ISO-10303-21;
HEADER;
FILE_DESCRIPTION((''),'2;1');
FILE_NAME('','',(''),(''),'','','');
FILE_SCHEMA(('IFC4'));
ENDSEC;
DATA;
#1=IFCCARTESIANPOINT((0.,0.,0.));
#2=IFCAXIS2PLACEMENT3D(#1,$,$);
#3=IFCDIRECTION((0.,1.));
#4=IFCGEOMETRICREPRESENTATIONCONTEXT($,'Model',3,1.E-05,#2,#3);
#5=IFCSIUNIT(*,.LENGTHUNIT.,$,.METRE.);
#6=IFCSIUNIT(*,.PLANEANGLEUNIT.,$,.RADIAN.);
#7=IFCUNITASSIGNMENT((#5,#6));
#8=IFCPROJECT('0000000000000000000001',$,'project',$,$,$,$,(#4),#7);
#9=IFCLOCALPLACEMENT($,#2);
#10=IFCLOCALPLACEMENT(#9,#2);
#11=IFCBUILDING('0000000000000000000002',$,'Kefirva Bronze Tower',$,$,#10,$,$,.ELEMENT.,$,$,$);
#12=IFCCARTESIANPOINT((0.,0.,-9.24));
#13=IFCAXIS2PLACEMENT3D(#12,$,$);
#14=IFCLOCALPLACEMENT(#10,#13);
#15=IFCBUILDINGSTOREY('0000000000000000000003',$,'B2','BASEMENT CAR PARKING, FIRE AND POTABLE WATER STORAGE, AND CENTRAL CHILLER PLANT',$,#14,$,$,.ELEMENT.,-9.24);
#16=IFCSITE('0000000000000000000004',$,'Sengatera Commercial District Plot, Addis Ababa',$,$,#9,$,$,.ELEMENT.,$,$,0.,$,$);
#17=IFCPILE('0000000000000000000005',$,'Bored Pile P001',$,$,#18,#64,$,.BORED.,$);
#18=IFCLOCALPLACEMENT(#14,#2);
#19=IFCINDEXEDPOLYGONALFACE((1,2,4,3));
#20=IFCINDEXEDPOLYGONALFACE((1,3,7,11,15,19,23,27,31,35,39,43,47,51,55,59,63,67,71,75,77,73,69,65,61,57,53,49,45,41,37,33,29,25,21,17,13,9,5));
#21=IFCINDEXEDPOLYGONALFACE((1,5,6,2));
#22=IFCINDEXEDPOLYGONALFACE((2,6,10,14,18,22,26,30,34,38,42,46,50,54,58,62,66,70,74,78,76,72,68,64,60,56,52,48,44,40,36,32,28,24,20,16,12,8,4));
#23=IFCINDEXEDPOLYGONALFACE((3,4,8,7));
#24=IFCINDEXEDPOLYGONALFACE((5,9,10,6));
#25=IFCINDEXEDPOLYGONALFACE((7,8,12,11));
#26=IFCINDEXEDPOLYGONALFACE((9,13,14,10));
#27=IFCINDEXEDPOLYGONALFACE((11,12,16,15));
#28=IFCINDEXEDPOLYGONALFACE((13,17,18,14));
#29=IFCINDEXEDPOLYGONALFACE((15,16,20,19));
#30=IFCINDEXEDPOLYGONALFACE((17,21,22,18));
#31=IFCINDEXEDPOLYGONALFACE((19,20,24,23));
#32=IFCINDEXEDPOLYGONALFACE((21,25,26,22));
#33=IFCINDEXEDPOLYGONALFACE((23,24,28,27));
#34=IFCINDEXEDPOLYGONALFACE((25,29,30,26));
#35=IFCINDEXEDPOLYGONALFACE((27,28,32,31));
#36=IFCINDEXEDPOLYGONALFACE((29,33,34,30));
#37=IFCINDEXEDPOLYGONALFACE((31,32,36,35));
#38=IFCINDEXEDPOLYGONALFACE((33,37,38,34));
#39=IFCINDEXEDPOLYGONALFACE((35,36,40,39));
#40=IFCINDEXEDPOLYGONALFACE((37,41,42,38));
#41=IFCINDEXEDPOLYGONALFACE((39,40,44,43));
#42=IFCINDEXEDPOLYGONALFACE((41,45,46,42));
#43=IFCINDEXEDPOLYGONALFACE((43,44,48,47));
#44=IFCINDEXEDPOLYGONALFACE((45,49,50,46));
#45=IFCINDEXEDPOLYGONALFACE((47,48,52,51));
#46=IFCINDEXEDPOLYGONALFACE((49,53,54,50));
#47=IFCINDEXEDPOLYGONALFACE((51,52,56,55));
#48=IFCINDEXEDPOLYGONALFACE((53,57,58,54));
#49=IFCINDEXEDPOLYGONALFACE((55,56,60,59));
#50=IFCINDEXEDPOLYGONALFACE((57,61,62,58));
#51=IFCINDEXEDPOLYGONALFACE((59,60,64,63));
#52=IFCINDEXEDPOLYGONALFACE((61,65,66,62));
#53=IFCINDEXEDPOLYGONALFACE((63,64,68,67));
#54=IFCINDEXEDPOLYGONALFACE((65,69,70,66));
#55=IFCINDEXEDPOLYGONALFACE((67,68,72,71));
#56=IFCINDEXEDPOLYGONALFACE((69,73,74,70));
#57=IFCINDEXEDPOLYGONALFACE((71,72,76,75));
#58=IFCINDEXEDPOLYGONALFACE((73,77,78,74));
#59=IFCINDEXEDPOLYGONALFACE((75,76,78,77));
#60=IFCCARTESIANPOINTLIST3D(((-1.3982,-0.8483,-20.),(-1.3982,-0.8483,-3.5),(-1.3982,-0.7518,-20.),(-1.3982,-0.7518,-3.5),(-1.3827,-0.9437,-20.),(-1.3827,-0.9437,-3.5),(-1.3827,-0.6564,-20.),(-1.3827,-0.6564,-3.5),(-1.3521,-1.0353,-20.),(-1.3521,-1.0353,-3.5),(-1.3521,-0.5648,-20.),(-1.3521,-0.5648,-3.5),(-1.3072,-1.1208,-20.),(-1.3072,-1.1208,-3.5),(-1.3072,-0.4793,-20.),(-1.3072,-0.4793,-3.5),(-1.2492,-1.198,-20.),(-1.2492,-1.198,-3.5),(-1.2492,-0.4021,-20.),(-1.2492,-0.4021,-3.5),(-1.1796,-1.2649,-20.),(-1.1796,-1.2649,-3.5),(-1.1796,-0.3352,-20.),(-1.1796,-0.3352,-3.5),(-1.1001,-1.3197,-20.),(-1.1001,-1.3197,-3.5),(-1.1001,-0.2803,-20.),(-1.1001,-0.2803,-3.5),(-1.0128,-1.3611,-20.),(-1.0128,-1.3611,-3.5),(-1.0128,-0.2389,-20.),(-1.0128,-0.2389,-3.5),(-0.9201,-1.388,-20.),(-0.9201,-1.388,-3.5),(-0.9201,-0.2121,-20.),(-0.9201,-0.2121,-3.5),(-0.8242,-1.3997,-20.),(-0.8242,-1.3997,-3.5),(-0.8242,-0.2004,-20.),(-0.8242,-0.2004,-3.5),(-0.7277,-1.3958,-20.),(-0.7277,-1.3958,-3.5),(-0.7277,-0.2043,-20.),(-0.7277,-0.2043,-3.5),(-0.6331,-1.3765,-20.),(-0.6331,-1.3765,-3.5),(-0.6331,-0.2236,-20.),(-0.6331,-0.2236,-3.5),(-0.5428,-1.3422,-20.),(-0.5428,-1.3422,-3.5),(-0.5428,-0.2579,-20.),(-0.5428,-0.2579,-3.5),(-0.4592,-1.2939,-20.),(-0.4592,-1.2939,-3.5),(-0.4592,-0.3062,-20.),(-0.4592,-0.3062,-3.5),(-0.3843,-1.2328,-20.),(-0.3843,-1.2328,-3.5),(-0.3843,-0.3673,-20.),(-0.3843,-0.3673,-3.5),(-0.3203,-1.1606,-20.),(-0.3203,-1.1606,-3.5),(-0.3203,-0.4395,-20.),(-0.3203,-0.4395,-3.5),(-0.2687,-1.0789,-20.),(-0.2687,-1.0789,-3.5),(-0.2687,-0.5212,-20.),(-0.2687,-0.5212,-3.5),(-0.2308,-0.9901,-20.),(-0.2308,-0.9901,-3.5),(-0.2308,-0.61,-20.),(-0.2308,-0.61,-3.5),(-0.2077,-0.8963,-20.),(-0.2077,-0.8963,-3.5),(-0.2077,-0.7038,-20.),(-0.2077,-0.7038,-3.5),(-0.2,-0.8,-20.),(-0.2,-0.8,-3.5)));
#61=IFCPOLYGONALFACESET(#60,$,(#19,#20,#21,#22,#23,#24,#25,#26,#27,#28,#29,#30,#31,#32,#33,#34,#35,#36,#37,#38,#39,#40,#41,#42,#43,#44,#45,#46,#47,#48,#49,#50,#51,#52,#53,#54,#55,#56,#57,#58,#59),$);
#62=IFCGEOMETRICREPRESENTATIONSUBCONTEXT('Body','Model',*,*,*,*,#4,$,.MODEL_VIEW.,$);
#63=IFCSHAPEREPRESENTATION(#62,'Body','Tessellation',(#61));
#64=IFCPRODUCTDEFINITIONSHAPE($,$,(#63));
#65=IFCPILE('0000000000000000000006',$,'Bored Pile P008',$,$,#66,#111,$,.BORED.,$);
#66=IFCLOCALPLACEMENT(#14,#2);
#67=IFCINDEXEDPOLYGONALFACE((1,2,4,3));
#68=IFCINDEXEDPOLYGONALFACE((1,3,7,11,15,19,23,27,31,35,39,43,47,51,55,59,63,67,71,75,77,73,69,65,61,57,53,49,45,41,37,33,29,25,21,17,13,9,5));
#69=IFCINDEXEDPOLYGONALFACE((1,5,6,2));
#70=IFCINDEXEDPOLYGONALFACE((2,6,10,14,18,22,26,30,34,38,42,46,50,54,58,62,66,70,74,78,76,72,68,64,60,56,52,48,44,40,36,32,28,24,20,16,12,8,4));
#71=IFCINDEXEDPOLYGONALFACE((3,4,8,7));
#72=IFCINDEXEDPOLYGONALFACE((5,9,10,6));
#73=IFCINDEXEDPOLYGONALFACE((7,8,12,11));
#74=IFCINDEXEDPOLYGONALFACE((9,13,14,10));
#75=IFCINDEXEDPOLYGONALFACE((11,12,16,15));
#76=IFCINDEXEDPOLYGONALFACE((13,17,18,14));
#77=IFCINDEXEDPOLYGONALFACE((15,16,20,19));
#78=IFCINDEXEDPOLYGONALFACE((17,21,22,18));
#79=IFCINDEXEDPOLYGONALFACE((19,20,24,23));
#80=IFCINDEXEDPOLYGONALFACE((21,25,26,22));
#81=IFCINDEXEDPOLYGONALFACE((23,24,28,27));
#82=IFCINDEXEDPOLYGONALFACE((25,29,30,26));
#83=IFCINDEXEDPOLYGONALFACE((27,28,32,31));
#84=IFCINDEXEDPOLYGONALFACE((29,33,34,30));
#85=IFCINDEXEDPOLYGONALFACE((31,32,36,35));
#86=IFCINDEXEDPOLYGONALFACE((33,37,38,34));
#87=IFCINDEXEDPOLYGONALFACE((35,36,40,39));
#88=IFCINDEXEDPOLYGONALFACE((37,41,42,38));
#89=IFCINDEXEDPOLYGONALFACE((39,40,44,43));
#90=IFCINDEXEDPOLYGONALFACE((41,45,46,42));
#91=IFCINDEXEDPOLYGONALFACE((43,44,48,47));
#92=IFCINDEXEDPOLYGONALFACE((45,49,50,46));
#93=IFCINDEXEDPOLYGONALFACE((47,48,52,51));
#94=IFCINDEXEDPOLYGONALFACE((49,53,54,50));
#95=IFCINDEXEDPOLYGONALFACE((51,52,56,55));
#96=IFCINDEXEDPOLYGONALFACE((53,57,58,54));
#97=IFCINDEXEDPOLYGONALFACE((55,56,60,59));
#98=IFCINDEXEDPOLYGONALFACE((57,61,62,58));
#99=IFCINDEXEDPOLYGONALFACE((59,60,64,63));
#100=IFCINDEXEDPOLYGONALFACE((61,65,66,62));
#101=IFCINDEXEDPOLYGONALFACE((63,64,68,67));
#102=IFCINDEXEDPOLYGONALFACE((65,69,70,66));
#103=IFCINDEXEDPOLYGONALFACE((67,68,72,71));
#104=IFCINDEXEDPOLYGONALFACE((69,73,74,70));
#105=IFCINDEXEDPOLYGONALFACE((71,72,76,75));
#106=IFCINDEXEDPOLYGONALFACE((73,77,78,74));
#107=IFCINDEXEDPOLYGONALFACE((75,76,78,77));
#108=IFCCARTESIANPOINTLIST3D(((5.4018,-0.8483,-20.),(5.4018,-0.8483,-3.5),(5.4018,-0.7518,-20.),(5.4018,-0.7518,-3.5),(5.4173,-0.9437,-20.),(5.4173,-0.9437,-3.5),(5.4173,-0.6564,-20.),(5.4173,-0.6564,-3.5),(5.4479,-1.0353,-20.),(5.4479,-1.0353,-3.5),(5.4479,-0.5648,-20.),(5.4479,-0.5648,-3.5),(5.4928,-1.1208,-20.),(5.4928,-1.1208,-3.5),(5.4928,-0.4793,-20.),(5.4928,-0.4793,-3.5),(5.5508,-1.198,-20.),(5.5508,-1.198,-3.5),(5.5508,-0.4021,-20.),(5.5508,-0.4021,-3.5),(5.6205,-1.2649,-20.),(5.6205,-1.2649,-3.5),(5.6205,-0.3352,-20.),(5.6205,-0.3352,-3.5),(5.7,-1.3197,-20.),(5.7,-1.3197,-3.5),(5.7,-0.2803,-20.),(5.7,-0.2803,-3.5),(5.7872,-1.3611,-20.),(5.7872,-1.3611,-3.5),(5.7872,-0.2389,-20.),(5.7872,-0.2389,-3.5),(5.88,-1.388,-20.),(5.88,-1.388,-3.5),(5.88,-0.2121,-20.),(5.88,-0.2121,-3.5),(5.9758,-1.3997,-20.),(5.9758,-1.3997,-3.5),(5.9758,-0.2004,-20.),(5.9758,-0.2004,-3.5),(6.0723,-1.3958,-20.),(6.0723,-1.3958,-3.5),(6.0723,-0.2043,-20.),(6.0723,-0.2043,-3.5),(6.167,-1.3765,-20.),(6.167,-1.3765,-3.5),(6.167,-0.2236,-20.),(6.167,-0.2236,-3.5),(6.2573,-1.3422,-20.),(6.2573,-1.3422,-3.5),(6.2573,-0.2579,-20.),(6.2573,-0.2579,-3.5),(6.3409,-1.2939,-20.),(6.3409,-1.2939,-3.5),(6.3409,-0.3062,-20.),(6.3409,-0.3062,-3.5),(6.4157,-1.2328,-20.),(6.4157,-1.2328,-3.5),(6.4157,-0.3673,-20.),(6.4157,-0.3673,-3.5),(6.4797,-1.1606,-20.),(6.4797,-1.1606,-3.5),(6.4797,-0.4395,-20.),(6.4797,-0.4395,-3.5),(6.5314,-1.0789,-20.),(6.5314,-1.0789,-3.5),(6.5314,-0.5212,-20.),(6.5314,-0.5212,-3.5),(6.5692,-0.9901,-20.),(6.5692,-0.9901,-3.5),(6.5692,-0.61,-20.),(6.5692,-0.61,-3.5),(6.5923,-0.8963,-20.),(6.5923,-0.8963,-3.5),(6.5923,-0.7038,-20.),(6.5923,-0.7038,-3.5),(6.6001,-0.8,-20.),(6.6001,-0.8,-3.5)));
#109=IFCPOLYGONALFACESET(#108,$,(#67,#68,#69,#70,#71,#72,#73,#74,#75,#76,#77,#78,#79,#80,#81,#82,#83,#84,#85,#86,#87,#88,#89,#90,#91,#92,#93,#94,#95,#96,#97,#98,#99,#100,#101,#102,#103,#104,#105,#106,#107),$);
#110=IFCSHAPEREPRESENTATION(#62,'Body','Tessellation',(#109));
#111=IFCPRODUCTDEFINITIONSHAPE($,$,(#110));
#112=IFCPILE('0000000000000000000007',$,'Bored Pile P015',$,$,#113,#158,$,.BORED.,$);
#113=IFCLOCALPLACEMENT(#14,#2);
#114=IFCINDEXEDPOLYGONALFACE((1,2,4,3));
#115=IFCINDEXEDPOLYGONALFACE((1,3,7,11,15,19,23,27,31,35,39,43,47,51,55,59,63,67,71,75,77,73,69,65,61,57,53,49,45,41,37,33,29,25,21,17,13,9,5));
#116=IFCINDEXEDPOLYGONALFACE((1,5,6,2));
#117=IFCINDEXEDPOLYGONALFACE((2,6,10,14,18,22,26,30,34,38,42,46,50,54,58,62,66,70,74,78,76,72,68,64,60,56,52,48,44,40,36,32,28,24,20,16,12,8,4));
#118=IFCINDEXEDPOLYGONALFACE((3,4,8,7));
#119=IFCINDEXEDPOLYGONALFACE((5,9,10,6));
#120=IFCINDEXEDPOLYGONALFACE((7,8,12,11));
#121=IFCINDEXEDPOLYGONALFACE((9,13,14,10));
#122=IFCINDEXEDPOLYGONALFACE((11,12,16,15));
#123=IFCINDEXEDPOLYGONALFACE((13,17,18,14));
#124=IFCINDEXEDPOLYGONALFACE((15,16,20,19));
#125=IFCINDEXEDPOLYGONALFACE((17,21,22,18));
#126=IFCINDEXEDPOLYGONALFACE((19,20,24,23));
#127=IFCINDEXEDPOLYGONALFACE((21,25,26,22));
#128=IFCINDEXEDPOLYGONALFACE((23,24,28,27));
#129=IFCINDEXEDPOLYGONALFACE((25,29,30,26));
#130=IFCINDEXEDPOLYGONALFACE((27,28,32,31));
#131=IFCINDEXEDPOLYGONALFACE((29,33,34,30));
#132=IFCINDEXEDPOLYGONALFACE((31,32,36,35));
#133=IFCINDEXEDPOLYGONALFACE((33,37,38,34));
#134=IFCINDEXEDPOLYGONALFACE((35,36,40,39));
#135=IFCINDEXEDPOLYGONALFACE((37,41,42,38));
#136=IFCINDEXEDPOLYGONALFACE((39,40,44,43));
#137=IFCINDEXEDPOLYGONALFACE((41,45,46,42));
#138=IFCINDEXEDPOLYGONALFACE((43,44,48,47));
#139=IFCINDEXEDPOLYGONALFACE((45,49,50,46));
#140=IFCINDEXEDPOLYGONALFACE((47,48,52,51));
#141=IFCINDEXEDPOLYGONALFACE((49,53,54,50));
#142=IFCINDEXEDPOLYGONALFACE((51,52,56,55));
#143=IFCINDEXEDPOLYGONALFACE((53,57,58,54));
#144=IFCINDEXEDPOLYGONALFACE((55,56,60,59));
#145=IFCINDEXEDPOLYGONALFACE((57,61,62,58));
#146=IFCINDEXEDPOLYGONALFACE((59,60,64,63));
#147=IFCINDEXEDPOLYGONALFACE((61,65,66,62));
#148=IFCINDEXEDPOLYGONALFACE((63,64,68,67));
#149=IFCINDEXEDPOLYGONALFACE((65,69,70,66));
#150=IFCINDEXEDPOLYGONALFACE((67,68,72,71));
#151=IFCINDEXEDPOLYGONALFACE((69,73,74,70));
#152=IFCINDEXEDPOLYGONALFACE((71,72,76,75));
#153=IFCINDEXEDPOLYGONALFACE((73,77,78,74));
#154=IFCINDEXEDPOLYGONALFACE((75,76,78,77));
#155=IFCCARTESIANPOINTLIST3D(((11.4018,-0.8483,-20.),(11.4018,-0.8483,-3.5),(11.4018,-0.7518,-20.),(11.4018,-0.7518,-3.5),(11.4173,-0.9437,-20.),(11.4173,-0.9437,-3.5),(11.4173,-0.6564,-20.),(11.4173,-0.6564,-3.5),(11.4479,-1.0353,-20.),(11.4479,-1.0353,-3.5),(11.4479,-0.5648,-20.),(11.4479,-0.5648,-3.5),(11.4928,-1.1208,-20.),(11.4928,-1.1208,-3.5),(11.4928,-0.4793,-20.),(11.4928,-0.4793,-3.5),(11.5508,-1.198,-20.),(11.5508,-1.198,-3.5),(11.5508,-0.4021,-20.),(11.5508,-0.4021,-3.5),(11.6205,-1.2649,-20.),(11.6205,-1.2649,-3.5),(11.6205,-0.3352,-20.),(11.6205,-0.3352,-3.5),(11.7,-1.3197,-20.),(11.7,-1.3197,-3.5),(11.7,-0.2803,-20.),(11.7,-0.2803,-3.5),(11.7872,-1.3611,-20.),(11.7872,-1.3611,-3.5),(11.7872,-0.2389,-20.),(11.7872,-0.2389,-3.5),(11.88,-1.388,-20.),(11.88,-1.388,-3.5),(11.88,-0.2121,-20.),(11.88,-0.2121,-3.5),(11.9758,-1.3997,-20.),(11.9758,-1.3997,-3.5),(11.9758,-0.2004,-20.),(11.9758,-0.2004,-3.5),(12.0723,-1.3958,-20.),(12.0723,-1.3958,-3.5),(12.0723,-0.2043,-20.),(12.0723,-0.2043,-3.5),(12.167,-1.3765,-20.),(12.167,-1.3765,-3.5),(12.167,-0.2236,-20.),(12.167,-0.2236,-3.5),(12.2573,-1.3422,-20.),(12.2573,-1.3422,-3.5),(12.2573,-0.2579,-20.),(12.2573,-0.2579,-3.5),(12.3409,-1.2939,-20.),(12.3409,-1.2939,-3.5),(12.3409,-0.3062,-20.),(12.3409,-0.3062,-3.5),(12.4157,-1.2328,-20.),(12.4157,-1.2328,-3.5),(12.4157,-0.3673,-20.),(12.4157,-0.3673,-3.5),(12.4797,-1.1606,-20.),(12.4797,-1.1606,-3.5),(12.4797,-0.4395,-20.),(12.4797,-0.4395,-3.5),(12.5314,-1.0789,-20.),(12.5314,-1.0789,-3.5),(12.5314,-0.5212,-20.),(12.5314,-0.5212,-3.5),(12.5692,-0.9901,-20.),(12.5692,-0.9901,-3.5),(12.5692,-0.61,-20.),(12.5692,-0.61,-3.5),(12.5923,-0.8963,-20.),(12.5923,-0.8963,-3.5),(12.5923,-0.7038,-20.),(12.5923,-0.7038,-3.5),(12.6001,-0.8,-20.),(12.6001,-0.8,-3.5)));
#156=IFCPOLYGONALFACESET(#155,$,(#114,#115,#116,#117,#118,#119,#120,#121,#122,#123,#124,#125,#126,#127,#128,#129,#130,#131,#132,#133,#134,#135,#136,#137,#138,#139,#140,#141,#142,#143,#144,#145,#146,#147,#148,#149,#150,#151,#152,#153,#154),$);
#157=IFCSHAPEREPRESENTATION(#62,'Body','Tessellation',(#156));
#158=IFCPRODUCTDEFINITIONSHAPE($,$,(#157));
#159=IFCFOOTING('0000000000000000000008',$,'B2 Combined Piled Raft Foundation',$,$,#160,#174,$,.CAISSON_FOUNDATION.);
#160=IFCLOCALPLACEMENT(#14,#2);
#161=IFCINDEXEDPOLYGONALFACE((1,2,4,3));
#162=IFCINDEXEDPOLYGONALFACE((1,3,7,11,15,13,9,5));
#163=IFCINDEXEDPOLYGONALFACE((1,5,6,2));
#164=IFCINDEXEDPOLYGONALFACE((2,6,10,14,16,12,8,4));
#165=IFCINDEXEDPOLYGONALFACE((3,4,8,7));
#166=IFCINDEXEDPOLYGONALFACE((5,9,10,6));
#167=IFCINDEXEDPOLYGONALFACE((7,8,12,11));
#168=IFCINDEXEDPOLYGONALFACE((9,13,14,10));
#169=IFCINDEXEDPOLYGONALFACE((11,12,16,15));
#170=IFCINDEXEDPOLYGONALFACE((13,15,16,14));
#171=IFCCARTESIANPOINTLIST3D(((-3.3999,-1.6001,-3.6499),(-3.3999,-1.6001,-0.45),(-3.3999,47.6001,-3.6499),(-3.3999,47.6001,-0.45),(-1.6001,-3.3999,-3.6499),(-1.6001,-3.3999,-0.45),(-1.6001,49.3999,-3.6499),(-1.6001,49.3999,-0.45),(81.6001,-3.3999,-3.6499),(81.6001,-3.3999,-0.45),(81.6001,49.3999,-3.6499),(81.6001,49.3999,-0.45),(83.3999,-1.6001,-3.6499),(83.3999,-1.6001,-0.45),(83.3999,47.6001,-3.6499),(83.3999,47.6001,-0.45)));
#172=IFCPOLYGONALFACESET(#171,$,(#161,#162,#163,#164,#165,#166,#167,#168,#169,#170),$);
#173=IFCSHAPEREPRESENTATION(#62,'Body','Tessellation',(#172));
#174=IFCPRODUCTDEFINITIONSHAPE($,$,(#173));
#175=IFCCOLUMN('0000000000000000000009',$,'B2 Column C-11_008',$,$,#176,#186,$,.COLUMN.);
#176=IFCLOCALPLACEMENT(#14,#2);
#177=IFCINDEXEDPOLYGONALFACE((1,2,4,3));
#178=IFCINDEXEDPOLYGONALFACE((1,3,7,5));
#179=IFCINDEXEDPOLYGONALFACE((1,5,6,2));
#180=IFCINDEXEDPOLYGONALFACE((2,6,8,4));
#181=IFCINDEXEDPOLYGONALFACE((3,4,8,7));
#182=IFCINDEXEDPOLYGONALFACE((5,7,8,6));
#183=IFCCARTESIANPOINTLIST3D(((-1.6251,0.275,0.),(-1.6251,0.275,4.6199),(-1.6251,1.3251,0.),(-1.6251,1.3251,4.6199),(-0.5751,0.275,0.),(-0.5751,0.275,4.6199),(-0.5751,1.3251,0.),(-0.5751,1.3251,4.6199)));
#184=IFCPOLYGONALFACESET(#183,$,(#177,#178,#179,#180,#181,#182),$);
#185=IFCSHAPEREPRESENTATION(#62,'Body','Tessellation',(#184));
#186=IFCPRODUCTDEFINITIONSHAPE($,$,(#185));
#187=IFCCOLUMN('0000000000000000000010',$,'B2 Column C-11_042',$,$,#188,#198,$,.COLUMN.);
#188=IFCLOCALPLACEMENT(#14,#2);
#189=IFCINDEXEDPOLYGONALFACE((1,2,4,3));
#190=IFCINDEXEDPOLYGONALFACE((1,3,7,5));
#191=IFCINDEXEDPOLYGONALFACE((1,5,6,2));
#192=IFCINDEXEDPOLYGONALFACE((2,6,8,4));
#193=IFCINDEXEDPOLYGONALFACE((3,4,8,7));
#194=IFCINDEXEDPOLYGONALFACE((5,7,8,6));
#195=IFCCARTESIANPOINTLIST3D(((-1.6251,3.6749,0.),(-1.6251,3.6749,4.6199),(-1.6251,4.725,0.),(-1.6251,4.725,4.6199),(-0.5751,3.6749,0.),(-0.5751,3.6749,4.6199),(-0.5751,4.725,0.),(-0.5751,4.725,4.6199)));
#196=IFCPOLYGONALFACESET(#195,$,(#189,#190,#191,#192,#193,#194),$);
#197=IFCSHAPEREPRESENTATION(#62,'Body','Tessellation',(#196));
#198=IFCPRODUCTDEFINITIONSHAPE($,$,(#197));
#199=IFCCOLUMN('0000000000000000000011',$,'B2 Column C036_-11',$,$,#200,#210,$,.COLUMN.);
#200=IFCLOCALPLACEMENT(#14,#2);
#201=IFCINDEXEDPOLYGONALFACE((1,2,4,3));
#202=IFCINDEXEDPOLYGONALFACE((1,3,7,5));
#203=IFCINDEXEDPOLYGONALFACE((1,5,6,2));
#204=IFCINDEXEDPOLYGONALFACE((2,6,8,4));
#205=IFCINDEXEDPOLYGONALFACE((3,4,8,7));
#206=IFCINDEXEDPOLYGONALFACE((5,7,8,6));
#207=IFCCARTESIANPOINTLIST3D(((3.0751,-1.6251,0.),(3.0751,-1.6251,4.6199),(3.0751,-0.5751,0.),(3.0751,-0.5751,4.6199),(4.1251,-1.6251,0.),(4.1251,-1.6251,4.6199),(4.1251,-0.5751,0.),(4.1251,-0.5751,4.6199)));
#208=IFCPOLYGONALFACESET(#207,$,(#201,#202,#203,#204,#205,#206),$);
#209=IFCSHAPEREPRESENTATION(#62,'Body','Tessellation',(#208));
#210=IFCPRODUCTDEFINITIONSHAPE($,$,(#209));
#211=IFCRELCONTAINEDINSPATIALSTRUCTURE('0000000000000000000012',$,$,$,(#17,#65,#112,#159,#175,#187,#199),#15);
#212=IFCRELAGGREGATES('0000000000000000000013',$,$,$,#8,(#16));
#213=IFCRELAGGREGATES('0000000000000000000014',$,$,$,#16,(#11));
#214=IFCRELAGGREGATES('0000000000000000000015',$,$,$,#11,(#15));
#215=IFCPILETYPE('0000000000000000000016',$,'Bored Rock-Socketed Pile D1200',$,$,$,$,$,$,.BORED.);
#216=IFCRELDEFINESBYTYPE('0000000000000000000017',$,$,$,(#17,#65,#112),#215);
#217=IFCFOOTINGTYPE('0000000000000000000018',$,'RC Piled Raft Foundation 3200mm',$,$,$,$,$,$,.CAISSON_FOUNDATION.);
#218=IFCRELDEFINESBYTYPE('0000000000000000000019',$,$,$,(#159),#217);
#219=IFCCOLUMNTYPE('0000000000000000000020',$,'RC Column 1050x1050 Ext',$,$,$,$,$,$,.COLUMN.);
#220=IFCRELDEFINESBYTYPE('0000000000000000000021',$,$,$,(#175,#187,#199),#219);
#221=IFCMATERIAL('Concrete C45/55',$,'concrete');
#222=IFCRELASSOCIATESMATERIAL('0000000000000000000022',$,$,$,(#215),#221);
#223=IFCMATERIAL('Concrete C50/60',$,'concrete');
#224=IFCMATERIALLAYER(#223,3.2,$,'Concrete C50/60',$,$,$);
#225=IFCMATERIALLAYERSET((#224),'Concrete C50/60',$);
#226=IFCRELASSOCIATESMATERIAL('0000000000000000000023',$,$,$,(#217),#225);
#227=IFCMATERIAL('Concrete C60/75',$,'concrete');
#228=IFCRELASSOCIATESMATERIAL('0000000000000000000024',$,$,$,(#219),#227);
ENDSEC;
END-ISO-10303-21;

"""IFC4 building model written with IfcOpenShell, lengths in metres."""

from ifc_helpers import new_model, si_unit, direction, frame, origin, origin_2d, place, context, subcontext, project, spatial, polyline, rectangle, circle, outline, extrude, material, layer, layer_set, material_profile, profile_set, type_object, element, save


model = new_model("IFC4")

# Units and contexts
model_context = context("Model", 3, precision=1e-05, world=origin(), true_north=direction((0.0, 1.0)))
body_context = subcontext(model_context, "Body", "Model", "MODEL_VIEW")
ifc_project = project(units=[si_unit("LENGTHUNIT", "METRE"), si_unit("PLANEANGLEUNIT", "RADIAN")], contexts=[model_context])

# Site, building, storey
site_placement = place(None, origin())
site = spatial("IfcSite", under=ifc_project, at=site_placement, Name="Sengatera Commercial District Plot, Addis Ababa", CompositionType="ELEMENT", RefElevation=0.0)
building_placement = place(site_placement, origin())
building = spatial("IfcBuilding", under=site, at=building_placement, Name="Kefirva Bronze Tower", CompositionType="ELEMENT")
storey_placement = place(building_placement, frame((0.0, 0.0, -9.24)))
storey = spatial("IfcBuildingStorey", under=building, at=storey_placement, Name="B2", Description="BASEMENT CAR PARKING, FIRE AND POTABLE WATER STORAGE, AND CENTRAL CHILLER PLANT", CompositionType="ELEMENT", Elevation=-9.24)

# Piles
ifc_material_1 = material(Name="Concrete C45/55", Category="concrete")
ifc_material_profile_1 = material_profile(ifc_material_1, circle(Radius=0.6001, at=origin_2d()), Name="BORED PILE D1200")
ifc_profile_set_1 = profile_set([ifc_material_profile_1], Name="Concrete C45/55")
pile_type = type_object("IfcPileType", Name="Bored Rock-Socketed Pile D1200", PredefinedType="BORED", material=ifc_profile_set_1)
for number, where, z_axis, x_axis, name in (
    (1, (-0.8, -0.8, -3.5), (0.0, 0.0, -1.0), (1.0, 0.0, 0.0), "Bored Pile P001"),
    (2, (6.0, -0.8, -3.5), (0.0, 0.0, -1.0), (1.0, 0.0, 0.0), "Bored Pile P008"),
    (3, (12.0, -0.8, -3.5), (0.0, 0.0, -1.0), (1.0, 0.0, 0.0), "Bored Pile P015"),
):
    element("IfcPile", number, at=place(storey_placement, frame(where, z_axis=z_axis, x_axis=x_axis)), inside=storey, type_object=pile_type, Name=name, PredefinedType="BORED", context=body_context, shape_type="SweptSolid", body=[
        extrude(circle(Radius=0.6001, at=origin_2d()), origin(), (0.0, 0.0, 1.0), 16.5),
    ])

# Footing
ifc_material_2 = material(Name="Concrete C50/60", Category="concrete")
ifc_layer_1 = layer(ifc_material_2, 3.2, Name="Concrete C50/60")
ifc_layer_set_1 = layer_set([ifc_layer_1], Name="Concrete C50/60")
footing_type = type_object("IfcFootingType", Name="RC Piled Raft Foundation 3200mm", PredefinedType="CAISSON_FOUNDATION", material=ifc_layer_set_1)
footing_placement = place(storey_placement, frame((0.0, 0.0, -3.6499)))
element("IfcFooting", 4, at=footing_placement, inside=storey, type_object=footing_type, Name="B2 Combined Piled Raft Foundation", PredefinedType="CAISSON_FOUNDATION", context=body_context, shape_type="SweptSolid", body=[
    extrude(outline(polyline([(-3.3999, -1.6001), (-1.6001, -3.3999), (81.6001, -3.3999), (83.3999, -1.6001), (83.3999, 47.6001), (81.6001, 49.3999), (-1.6001, 49.3999), (-3.3999, 47.6001), (-3.3999, -1.6001)])), origin(), (0.0, 0.0, 1.0), 3.2),
])

# Columns
ifc_material_3 = material(Name="Concrete C60/75", Category="concrete")
ifc_material_profile_2 = material_profile(ifc_material_3, rectangle(XDim=1.05, YDim=1.05, at=origin_2d()), Name="RC 1050x1050")
ifc_profile_set_2 = profile_set([ifc_material_profile_2], Name="Concrete C60/75")
column_type_1 = type_object("IfcColumnType", Name="RC Column 1050x1050 Ext", PredefinedType="COLUMN", material=ifc_profile_set_2)
for number, where, z_axis, x_axis, name in (
    (5, (-1.1001, 0.8, 0.0), (0.0, 0.0, 1.0), (1.0, 0.0, 0.0), "B2 Column C-11_008"),
    (6, (-1.1001, 4.2, 0.0), (0.0, 0.0, 1.0), (1.0, 0.0, 0.0), "B2 Column C-11_042"),
    (7, (3.6001, -1.1001, 0.0), (0.0, 0.0, 1.0), (1.0, 0.0, 0.0), "B2 Column C036_-11"),
):
    element("IfcColumn", number, at=place(storey_placement, frame(where, z_axis=z_axis, x_axis=x_axis)), inside=storey, type_object=column_type_1, Name=name, PredefinedType="COLUMN", context=body_context, shape_type="SweptSolid", body=[
        extrude(rectangle(XDim=1.05, YDim=1.05, at=origin_2d()), origin(), (0.0, 0.0, 1.0), 4.6199),
    ])

save(model, "model.ifc")
